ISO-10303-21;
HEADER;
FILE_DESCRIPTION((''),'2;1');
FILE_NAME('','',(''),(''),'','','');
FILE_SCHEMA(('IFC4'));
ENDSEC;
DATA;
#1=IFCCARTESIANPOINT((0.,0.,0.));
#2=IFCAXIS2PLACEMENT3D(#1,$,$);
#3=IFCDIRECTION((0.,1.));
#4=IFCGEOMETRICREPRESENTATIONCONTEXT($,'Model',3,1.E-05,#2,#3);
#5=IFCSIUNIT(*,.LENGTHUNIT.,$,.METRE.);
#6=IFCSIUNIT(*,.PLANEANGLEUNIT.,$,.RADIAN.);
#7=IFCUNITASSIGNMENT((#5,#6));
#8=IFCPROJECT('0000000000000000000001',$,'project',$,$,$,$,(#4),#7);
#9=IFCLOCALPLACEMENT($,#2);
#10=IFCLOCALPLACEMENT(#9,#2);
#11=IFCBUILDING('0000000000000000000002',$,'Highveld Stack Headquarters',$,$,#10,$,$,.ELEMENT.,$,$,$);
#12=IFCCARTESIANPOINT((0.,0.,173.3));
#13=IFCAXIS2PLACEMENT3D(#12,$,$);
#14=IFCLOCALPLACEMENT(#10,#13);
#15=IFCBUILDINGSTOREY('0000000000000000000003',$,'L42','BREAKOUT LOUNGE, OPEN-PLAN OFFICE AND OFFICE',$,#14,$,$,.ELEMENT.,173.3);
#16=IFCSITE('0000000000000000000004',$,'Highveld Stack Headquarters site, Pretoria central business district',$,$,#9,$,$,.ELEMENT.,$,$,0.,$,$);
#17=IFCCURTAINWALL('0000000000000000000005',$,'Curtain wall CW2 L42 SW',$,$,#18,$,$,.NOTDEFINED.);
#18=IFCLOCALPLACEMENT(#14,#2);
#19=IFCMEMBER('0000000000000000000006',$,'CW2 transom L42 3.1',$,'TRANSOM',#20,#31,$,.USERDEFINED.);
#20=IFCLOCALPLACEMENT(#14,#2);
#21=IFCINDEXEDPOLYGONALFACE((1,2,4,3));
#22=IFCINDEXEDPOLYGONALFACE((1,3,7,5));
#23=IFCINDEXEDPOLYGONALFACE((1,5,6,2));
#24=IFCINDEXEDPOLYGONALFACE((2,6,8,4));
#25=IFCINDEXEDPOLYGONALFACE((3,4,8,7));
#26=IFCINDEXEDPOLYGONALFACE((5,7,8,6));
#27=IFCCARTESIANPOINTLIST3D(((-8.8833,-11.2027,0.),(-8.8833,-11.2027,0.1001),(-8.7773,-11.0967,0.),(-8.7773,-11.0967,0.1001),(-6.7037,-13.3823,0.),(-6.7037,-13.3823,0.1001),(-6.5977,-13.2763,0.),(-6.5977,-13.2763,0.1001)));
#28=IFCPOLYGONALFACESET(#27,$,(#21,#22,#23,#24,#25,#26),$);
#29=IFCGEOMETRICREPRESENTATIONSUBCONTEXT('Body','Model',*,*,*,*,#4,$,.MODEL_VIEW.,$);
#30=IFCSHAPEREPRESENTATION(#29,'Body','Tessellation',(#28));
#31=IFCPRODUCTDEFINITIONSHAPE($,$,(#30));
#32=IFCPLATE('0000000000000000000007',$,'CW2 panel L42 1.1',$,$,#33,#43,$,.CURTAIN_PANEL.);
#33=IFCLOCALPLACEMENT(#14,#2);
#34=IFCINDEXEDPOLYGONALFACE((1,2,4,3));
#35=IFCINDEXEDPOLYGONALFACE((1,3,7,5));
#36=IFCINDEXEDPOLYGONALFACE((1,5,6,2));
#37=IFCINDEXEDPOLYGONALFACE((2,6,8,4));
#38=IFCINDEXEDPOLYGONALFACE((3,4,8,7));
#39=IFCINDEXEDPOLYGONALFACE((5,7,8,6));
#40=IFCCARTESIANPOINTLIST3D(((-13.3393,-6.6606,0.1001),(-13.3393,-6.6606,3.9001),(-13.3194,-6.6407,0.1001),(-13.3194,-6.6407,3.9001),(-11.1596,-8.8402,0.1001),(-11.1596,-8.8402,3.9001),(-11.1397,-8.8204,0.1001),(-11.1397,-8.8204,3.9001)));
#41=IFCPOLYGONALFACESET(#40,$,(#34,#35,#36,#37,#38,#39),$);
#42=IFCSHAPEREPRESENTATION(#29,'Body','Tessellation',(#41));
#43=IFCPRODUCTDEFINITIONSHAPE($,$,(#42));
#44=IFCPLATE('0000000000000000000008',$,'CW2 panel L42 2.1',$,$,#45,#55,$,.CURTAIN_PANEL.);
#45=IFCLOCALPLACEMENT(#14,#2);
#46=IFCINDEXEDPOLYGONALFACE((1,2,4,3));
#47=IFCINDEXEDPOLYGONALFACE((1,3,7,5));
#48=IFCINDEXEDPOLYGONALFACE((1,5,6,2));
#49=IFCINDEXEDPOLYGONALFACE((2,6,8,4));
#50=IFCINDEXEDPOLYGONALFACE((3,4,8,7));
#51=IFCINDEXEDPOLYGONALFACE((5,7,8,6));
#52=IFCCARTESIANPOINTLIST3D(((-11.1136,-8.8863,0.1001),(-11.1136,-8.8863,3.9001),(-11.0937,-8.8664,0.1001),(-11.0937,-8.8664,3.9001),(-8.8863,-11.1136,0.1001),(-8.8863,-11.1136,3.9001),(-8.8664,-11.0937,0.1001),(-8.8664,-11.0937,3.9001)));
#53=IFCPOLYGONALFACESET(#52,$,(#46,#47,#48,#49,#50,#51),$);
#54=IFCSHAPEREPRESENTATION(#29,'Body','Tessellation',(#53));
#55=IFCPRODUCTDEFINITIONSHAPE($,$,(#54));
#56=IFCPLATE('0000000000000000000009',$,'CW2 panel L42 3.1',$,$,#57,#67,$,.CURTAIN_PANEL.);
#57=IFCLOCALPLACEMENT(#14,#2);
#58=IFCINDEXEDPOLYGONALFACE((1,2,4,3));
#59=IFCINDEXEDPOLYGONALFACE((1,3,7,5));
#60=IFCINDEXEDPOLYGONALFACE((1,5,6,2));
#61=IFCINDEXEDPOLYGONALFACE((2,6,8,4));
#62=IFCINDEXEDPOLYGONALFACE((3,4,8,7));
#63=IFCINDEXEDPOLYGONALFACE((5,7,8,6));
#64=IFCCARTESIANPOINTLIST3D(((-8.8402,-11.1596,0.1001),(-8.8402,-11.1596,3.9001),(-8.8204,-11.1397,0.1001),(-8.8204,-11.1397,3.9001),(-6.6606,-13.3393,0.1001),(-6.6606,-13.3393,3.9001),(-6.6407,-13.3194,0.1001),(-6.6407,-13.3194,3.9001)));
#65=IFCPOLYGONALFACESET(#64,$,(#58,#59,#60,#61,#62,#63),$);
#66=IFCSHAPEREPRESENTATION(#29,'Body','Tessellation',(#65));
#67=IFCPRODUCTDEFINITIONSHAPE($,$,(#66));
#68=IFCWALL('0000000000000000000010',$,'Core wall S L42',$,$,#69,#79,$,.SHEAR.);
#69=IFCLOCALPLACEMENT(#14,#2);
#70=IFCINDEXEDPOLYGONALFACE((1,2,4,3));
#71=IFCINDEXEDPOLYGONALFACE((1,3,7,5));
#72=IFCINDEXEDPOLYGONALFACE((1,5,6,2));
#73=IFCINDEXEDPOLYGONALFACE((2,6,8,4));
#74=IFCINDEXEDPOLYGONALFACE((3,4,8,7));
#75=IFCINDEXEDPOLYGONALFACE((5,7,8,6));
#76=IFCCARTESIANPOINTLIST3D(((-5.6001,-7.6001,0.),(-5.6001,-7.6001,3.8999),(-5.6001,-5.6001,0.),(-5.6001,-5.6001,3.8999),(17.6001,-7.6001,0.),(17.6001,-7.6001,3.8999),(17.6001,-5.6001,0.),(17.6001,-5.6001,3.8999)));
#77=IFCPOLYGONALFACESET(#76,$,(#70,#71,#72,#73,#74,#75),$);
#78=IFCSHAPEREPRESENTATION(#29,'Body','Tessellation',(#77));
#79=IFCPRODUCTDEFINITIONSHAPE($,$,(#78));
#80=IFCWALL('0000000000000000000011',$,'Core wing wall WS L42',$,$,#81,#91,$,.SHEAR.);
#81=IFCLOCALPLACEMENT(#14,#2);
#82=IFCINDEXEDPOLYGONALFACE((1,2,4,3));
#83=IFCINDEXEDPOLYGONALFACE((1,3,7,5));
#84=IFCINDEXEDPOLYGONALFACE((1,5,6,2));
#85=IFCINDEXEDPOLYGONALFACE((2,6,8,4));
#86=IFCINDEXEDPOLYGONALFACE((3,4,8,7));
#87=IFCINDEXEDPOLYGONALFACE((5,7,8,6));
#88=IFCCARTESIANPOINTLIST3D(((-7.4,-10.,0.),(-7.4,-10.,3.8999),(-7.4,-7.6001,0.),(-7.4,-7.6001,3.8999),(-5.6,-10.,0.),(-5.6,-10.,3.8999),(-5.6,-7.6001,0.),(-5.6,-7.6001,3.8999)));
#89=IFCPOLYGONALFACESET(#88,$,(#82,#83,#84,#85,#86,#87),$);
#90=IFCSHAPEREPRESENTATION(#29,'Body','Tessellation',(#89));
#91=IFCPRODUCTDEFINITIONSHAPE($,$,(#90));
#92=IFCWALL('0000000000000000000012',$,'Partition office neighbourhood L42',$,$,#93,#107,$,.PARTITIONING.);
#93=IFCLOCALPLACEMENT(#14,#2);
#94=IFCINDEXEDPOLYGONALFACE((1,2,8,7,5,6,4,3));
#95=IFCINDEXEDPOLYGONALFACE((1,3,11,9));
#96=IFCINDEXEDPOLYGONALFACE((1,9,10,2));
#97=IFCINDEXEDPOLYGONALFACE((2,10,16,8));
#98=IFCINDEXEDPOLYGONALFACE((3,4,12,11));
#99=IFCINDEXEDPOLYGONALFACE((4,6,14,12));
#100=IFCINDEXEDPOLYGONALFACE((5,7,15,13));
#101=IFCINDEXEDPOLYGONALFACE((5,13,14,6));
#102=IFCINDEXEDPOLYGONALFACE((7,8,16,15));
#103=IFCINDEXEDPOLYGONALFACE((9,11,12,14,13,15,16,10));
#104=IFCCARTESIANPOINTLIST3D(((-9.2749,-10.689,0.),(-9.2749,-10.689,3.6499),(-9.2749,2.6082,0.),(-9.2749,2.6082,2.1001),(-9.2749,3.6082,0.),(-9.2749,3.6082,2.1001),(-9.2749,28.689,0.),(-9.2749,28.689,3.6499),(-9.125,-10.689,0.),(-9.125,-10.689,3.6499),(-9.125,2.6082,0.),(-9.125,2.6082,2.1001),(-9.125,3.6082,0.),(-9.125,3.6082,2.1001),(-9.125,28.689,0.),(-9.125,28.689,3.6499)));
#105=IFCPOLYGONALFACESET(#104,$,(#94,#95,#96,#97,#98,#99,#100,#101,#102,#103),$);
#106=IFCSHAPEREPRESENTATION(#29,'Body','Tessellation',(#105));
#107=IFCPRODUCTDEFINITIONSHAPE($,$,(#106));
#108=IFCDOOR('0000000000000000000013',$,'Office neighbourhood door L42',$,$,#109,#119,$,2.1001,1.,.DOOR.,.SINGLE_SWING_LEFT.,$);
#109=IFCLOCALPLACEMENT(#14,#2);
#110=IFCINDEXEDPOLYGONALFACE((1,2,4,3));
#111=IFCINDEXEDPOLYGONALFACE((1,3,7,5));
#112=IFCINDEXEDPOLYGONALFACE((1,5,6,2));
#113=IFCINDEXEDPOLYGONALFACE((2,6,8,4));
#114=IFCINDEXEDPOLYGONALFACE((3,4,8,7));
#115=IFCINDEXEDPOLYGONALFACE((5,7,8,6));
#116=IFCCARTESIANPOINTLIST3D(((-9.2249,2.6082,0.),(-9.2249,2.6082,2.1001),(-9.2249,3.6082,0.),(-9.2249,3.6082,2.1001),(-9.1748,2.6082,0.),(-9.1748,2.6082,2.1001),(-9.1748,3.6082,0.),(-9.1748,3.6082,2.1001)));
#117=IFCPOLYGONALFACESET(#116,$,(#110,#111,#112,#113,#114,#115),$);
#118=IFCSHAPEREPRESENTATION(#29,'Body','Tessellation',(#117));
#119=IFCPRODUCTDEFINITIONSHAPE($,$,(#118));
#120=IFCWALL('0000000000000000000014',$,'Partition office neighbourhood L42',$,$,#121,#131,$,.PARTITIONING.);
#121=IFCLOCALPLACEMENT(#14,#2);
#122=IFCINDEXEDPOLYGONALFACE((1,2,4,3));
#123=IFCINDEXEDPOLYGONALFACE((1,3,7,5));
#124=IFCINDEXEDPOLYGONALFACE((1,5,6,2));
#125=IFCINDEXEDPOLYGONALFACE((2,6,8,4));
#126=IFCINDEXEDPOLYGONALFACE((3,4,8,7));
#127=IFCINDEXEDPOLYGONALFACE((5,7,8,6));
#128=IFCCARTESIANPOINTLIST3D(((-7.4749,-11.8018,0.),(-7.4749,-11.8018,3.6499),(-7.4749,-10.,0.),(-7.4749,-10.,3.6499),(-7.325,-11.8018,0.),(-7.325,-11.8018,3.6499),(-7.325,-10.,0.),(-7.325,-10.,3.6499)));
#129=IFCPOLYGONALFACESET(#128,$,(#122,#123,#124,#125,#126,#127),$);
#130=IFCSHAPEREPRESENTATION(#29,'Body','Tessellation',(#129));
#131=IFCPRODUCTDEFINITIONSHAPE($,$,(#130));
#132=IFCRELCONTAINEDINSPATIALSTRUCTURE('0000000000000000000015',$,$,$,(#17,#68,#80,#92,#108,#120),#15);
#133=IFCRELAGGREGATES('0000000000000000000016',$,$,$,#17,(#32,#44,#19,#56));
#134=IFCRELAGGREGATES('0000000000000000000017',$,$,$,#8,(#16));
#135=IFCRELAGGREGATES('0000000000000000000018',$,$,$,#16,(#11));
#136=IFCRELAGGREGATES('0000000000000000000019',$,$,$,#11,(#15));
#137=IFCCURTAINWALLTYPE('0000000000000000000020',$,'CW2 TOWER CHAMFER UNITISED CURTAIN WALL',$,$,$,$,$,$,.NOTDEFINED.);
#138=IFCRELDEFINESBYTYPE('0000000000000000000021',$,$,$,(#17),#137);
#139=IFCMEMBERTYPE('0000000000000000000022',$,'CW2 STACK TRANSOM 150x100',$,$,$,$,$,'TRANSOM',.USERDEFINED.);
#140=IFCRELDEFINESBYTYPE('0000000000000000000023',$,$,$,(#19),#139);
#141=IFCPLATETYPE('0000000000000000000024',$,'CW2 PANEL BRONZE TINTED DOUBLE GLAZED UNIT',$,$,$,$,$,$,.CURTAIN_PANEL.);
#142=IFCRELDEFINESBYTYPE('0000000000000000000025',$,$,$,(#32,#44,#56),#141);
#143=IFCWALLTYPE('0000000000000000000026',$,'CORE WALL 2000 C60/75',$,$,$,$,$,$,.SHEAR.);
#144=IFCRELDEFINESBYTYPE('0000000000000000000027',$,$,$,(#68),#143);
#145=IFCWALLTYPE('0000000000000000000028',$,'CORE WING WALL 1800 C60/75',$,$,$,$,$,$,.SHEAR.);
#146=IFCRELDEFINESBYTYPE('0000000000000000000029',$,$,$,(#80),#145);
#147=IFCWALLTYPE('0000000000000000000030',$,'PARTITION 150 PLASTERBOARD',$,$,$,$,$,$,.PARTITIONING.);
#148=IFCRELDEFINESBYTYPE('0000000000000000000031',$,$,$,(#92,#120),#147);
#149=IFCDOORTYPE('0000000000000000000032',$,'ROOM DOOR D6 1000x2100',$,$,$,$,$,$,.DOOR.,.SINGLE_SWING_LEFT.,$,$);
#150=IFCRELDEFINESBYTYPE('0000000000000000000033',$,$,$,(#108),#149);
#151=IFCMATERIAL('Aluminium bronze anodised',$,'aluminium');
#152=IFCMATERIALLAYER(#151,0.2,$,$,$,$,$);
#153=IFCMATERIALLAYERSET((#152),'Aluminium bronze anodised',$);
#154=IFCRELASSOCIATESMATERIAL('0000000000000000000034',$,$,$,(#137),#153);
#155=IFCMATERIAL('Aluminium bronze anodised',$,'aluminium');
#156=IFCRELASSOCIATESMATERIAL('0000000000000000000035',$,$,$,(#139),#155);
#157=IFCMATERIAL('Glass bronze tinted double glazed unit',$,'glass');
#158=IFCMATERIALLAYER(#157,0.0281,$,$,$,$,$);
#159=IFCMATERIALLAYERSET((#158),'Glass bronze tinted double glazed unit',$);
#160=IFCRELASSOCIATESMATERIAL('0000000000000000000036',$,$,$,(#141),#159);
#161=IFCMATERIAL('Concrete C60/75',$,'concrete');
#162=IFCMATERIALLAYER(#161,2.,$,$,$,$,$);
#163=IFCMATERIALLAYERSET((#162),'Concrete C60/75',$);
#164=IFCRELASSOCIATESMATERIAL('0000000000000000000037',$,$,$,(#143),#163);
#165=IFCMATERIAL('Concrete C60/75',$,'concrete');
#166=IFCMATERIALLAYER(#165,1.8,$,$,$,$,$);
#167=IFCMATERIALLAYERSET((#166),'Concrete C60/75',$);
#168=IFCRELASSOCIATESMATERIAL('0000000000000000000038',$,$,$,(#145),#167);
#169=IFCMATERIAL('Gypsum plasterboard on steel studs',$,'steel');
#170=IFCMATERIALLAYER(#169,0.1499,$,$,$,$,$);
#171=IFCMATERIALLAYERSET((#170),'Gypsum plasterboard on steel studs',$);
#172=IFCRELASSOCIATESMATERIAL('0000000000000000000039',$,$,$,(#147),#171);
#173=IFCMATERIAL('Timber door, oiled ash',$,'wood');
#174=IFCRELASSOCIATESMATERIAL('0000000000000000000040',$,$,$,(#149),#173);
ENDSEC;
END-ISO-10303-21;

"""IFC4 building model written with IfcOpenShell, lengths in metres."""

from ifc_helpers import new_model, si_unit, direction, frame, frame_2d, origin, origin_2d, place, context, subcontext, project, spatial, rectangle, extrude, material, layer, layer_set, material_profile, profile_set, type_object, element, fill, aggregate, save


model = new_model("IFC4")

# Units and contexts
model_context = context("Model", 3, precision=1e-05, world=origin(), true_north=direction((0.0, 1.0)))
body_context = subcontext(model_context, "Body", "Model", "MODEL_VIEW")
ifc_project = project(units=[si_unit("LENGTHUNIT", "METRE"), si_unit("PLANEANGLEUNIT", "RADIAN")], contexts=[model_context])

# Site, building, storey
site_placement = place(None, origin())
site = spatial("IfcSite", under=ifc_project, at=site_placement, Name="Highveld Stack Headquarters site, Pretoria central business district", CompositionType="ELEMENT", RefElevation=0.0)
building_placement = place(site_placement, origin())
building = spatial("IfcBuilding", under=site, at=building_placement, Name="Highveld Stack Headquarters", CompositionType="ELEMENT")
storey_placement = place(building_placement, frame((0.0, 0.0, 173.3)))
storey = spatial("IfcBuildingStorey", under=building, at=storey_placement, Name="L42", Description="BREAKOUT LOUNGE, OPEN-PLAN OFFICE AND OFFICE", CompositionType="ELEMENT", Elevation=173.3)

# Curtain wall, member, plates
ifc_material_1 = material(Name="Aluminium bronze anodised", Category="aluminium")
ifc_layer_1 = layer(ifc_material_1, 0.2)
ifc_layer_set_1 = layer_set([ifc_layer_1], Name="Aluminium bronze anodised")
curtain_wall_type_1 = type_object("IfcCurtainWallType", Name="CW2 TOWER CHAMFER UNITISED CURTAIN WALL", PredefinedType="NOTDEFINED", material=ifc_layer_set_1)
curtain_wall_1_placement = place(storey_placement, origin())
curtain_wall_1 = element("IfcCurtainWall", 1, at=curtain_wall_1_placement, inside=storey, type_object=curtain_wall_type_1, Name="Curtain wall CW2 L42 SW", PredefinedType="NOTDEFINED")
ifc_material_2 = material(Name="Aluminium bronze anodised", Category="aluminium")
ifc_material_profile_1 = material_profile(ifc_material_2, rectangle(XDim=0.1499, YDim=0.1001, at=origin_2d()), Name="CW2 TRANSOM 150x100")
ifc_profile_set_1 = profile_set([ifc_material_profile_1], Name="Aluminium bronze anodised")
member_type_1 = type_object("IfcMemberType", Name="CW2 STACK TRANSOM 150x100", ElementType="TRANSOM", PredefinedType="USERDEFINED", material=ifc_profile_set_1)
member_1_placement = place(storey_placement, frame((-8.8303, -11.1497, 0.05), z_axis=(0.707107, -0.707107, 0.0), x_axis=(0.707107, 0.707107, 0.0)))
member_1 = element("IfcMember", 2, at=member_1_placement, type_object=member_type_1, Name="CW2 transom L42 3.1", ObjectType="TRANSOM", PredefinedType="USERDEFINED", context=body_context, shape_type="SweptSolid", body=[
    extrude(rectangle(XDim=0.1499, YDim=0.1001, at=origin_2d()), origin(), (0.0, 0.0, 1.0), 3.0825),
])
ifc_material_3 = material(Name="Glass bronze tinted double glazed unit", Category="glass")
ifc_layer_2 = layer(ifc_material_3, 0.0281)
ifc_layer_set_2 = layer_set([ifc_layer_2], Name="Glass bronze tinted double glazed unit")
plate_type = type_object("IfcPlateType", Name="CW2 PANEL BRONZE TINTED DOUBLE GLAZED UNIT", PredefinedType="CURTAIN_PANEL", material=ifc_layer_set_2)
plate_1_placement = place(storey_placement, frame((-12.2395, -7.7405, 0.1001), z_axis=(0.0, 0.0, 1.0), x_axis=(0.707107, -0.707107, 0.0)))
plate_1 = element("IfcPlate", 3, at=plate_1_placement, type_object=plate_type, Name="CW2 panel L42 1.1", PredefinedType="CURTAIN_PANEL", context=body_context, shape_type="SweptSolid", body=[
    extrude(rectangle(XDim=3.0825, YDim=0.0281, at=origin_2d()), origin(), (0.0, 0.0, 1.0), 3.8),
])
plate_2_placement = place(storey_placement, frame((-9.99, -9.99, 0.1001), z_axis=(0.0, 0.0, 1.0), x_axis=(0.707107, -0.707107, 0.0)))
plate_2 = element("IfcPlate", 4, at=plate_2_placement, type_object=plate_type, Name="CW2 panel L42 2.1", PredefinedType="CURTAIN_PANEL", context=body_context, shape_type="SweptSolid", body=[
    extrude(rectangle(XDim=3.1499, YDim=0.0281, at=origin_2d()), origin(), (0.0, 0.0, 1.0), 3.8),
])
plate_3_placement = place(storey_placement, frame((-7.7405, -12.2395, 0.1001), z_axis=(0.0, 0.0, 1.0), x_axis=(0.707107, -0.707107, 0.0)))
plate_3 = element("IfcPlate", 5, at=plate_3_placement, type_object=plate_type, Name="CW2 panel L42 3.1", PredefinedType="CURTAIN_PANEL", context=body_context, shape_type="SweptSolid", body=[
    extrude(rectangle(XDim=3.0825, YDim=0.0281, at=origin_2d()), origin(), (0.0, 0.0, 1.0), 3.8),
])
aggregate(curtain_wall_1, [plate_1, plate_2, member_1, plate_3])

# Walls
ifc_material_4 = material(Name="Concrete C60/75", Category="concrete")
ifc_layer_3 = layer(ifc_material_4, 2.0)
ifc_layer_set_3 = layer_set([ifc_layer_3], Name="Concrete C60/75")
wall_type_1 = type_object("IfcWallType", Name="CORE WALL 2000 C60/75", PredefinedType="SHEAR", material=ifc_layer_set_3)
wall_1_placement = place(storey_placement, frame((-5.6001, -6.6001, 0.0), z_axis=(0.0, 0.0, 1.0), x_axis=(1.0, 0.0, 0.0)))
element("IfcWall", 6, at=wall_1_placement, inside=storey, type_object=wall_type_1, Name="Core wall S L42", PredefinedType="SHEAR", context=body_context, shape_type="SweptSolid", body=[
    extrude(rectangle(XDim=23.2002, YDim=2.0, at=frame_2d((11.6001, 0.0))), origin(), (0.0, 0.0, 1.0), 3.8999),
])
ifc_material_5 = material(Name="Concrete C60/75", Category="concrete")
ifc_layer_4 = layer(ifc_material_5, 1.8)
ifc_layer_set_4 = layer_set([ifc_layer_4], Name="Concrete C60/75")
wall_type_2 = type_object("IfcWallType", Name="CORE WING WALL 1800 C60/75", PredefinedType="SHEAR", material=ifc_layer_set_4)
wall_2_placement = place(storey_placement, frame((-6.5, -10.0, 0.0), z_axis=(0.0, 0.0, 1.0), x_axis=(0.0, 1.0, 0.0)))
element("IfcWall", 7, at=wall_2_placement, inside=storey, type_object=wall_type_2, Name="Core wing wall WS L42", PredefinedType="SHEAR", context=body_context, shape_type="SweptSolid", body=[
    extrude(rectangle(XDim=2.3999, YDim=1.8, at=frame_2d((1.2, 0.0))), origin(), (0.0, 0.0, 1.0), 3.8999),
])

# Wall, opening, door
ifc_material_6 = material(Name="Gypsum plasterboard on steel studs", Category="steel")
ifc_layer_5 = layer(ifc_material_6, 0.1499)
ifc_layer_set_5 = layer_set([ifc_layer_5], Name="Gypsum plasterboard on steel studs")
wall_type_3 = type_object("IfcWallType", Name="PARTITION 150 PLASTERBOARD", PredefinedType="PARTITIONING", material=ifc_layer_set_5)
wall_3_placement = place(storey_placement, frame((-9.2, -10.689, 0.0), z_axis=(0.0, 0.0, 1.0), x_axis=(0.0, 1.0, 0.0)))
wall_3 = element("IfcWall", 8, at=wall_3_placement, inside=storey, type_object=wall_type_3, Name="Partition office neighbourhood L42", PredefinedType="PARTITIONING", context=body_context, shape_type="SweptSolid", body=[
    extrude(rectangle(XDim=39.3779, YDim=0.1499, at=frame_2d((19.689, 0.0))), origin(), (0.0, 0.0, 1.0), 3.6499),
])
opening_1_placement = place(wall_3_placement, frame((13.2971, 0.0, 0.0)))
opening_1 = element("IfcOpeningElement", 9, at=opening_1_placement, cuts=wall_3, PredefinedType="OPENING", context=body_context, shape_type="SweptSolid", body=[
    extrude(rectangle(XDim=1.0, YDim=2.1001, at=frame_2d((0.5, 1.05))), frame((0.0, 0.085, 0.0), z_axis=(0.0, -1.0, 0.0), x_axis=(1.0, 0.0, 0.0)), (0.0, 0.0, 1.0), 0.1699),
])
ifc_material_7 = material(Name="Timber door, oiled ash", Category="wood")
door_type_1 = type_object("IfcDoorType", Name="ROOM DOOR D6 1000x2100", OperationType="SINGLE_SWING_LEFT", PredefinedType="DOOR", material=ifc_material_7)
door_1_placement = place(opening_1_placement, origin())
door_1 = element("IfcDoor", 10, at=door_1_placement, inside=storey, type_object=door_type_1, Name="Office neighbourhood door L42", OperationType="SINGLE_SWING_LEFT", OverallHeight=2.1001, OverallWidth=1.0, PredefinedType="DOOR", context=body_context, shape_type="SweptSolid", body=[
    extrude(rectangle(XDim=1.0, YDim=2.1001, at=frame_2d((0.5, 1.05))), frame((0.0, 0.0249, 0.0), z_axis=(0.0, -1.0, 0.0), x_axis=(1.0, 0.0, 0.0)), (0.0, 0.0, 1.0), 0.05),
])
fill(opening_1, door_1)

# Wall
wall_4_placement = place(storey_placement, frame((-7.3999, -11.8018, 0.0), z_axis=(0.0, 0.0, 1.0), x_axis=(0.0, 1.0, 0.0)))
element("IfcWall", 11, at=wall_4_placement, inside=storey, type_object=wall_type_3, Name="Partition office neighbourhood L42", PredefinedType="PARTITIONING", context=body_context, shape_type="SweptSolid", body=[
    extrude(rectangle(XDim=1.8018, YDim=0.1499, at=frame_2d((0.9009, 0.0))), origin(), (0.0, 0.0, 1.0), 3.6499),
])

save(model, "model.ifc")
